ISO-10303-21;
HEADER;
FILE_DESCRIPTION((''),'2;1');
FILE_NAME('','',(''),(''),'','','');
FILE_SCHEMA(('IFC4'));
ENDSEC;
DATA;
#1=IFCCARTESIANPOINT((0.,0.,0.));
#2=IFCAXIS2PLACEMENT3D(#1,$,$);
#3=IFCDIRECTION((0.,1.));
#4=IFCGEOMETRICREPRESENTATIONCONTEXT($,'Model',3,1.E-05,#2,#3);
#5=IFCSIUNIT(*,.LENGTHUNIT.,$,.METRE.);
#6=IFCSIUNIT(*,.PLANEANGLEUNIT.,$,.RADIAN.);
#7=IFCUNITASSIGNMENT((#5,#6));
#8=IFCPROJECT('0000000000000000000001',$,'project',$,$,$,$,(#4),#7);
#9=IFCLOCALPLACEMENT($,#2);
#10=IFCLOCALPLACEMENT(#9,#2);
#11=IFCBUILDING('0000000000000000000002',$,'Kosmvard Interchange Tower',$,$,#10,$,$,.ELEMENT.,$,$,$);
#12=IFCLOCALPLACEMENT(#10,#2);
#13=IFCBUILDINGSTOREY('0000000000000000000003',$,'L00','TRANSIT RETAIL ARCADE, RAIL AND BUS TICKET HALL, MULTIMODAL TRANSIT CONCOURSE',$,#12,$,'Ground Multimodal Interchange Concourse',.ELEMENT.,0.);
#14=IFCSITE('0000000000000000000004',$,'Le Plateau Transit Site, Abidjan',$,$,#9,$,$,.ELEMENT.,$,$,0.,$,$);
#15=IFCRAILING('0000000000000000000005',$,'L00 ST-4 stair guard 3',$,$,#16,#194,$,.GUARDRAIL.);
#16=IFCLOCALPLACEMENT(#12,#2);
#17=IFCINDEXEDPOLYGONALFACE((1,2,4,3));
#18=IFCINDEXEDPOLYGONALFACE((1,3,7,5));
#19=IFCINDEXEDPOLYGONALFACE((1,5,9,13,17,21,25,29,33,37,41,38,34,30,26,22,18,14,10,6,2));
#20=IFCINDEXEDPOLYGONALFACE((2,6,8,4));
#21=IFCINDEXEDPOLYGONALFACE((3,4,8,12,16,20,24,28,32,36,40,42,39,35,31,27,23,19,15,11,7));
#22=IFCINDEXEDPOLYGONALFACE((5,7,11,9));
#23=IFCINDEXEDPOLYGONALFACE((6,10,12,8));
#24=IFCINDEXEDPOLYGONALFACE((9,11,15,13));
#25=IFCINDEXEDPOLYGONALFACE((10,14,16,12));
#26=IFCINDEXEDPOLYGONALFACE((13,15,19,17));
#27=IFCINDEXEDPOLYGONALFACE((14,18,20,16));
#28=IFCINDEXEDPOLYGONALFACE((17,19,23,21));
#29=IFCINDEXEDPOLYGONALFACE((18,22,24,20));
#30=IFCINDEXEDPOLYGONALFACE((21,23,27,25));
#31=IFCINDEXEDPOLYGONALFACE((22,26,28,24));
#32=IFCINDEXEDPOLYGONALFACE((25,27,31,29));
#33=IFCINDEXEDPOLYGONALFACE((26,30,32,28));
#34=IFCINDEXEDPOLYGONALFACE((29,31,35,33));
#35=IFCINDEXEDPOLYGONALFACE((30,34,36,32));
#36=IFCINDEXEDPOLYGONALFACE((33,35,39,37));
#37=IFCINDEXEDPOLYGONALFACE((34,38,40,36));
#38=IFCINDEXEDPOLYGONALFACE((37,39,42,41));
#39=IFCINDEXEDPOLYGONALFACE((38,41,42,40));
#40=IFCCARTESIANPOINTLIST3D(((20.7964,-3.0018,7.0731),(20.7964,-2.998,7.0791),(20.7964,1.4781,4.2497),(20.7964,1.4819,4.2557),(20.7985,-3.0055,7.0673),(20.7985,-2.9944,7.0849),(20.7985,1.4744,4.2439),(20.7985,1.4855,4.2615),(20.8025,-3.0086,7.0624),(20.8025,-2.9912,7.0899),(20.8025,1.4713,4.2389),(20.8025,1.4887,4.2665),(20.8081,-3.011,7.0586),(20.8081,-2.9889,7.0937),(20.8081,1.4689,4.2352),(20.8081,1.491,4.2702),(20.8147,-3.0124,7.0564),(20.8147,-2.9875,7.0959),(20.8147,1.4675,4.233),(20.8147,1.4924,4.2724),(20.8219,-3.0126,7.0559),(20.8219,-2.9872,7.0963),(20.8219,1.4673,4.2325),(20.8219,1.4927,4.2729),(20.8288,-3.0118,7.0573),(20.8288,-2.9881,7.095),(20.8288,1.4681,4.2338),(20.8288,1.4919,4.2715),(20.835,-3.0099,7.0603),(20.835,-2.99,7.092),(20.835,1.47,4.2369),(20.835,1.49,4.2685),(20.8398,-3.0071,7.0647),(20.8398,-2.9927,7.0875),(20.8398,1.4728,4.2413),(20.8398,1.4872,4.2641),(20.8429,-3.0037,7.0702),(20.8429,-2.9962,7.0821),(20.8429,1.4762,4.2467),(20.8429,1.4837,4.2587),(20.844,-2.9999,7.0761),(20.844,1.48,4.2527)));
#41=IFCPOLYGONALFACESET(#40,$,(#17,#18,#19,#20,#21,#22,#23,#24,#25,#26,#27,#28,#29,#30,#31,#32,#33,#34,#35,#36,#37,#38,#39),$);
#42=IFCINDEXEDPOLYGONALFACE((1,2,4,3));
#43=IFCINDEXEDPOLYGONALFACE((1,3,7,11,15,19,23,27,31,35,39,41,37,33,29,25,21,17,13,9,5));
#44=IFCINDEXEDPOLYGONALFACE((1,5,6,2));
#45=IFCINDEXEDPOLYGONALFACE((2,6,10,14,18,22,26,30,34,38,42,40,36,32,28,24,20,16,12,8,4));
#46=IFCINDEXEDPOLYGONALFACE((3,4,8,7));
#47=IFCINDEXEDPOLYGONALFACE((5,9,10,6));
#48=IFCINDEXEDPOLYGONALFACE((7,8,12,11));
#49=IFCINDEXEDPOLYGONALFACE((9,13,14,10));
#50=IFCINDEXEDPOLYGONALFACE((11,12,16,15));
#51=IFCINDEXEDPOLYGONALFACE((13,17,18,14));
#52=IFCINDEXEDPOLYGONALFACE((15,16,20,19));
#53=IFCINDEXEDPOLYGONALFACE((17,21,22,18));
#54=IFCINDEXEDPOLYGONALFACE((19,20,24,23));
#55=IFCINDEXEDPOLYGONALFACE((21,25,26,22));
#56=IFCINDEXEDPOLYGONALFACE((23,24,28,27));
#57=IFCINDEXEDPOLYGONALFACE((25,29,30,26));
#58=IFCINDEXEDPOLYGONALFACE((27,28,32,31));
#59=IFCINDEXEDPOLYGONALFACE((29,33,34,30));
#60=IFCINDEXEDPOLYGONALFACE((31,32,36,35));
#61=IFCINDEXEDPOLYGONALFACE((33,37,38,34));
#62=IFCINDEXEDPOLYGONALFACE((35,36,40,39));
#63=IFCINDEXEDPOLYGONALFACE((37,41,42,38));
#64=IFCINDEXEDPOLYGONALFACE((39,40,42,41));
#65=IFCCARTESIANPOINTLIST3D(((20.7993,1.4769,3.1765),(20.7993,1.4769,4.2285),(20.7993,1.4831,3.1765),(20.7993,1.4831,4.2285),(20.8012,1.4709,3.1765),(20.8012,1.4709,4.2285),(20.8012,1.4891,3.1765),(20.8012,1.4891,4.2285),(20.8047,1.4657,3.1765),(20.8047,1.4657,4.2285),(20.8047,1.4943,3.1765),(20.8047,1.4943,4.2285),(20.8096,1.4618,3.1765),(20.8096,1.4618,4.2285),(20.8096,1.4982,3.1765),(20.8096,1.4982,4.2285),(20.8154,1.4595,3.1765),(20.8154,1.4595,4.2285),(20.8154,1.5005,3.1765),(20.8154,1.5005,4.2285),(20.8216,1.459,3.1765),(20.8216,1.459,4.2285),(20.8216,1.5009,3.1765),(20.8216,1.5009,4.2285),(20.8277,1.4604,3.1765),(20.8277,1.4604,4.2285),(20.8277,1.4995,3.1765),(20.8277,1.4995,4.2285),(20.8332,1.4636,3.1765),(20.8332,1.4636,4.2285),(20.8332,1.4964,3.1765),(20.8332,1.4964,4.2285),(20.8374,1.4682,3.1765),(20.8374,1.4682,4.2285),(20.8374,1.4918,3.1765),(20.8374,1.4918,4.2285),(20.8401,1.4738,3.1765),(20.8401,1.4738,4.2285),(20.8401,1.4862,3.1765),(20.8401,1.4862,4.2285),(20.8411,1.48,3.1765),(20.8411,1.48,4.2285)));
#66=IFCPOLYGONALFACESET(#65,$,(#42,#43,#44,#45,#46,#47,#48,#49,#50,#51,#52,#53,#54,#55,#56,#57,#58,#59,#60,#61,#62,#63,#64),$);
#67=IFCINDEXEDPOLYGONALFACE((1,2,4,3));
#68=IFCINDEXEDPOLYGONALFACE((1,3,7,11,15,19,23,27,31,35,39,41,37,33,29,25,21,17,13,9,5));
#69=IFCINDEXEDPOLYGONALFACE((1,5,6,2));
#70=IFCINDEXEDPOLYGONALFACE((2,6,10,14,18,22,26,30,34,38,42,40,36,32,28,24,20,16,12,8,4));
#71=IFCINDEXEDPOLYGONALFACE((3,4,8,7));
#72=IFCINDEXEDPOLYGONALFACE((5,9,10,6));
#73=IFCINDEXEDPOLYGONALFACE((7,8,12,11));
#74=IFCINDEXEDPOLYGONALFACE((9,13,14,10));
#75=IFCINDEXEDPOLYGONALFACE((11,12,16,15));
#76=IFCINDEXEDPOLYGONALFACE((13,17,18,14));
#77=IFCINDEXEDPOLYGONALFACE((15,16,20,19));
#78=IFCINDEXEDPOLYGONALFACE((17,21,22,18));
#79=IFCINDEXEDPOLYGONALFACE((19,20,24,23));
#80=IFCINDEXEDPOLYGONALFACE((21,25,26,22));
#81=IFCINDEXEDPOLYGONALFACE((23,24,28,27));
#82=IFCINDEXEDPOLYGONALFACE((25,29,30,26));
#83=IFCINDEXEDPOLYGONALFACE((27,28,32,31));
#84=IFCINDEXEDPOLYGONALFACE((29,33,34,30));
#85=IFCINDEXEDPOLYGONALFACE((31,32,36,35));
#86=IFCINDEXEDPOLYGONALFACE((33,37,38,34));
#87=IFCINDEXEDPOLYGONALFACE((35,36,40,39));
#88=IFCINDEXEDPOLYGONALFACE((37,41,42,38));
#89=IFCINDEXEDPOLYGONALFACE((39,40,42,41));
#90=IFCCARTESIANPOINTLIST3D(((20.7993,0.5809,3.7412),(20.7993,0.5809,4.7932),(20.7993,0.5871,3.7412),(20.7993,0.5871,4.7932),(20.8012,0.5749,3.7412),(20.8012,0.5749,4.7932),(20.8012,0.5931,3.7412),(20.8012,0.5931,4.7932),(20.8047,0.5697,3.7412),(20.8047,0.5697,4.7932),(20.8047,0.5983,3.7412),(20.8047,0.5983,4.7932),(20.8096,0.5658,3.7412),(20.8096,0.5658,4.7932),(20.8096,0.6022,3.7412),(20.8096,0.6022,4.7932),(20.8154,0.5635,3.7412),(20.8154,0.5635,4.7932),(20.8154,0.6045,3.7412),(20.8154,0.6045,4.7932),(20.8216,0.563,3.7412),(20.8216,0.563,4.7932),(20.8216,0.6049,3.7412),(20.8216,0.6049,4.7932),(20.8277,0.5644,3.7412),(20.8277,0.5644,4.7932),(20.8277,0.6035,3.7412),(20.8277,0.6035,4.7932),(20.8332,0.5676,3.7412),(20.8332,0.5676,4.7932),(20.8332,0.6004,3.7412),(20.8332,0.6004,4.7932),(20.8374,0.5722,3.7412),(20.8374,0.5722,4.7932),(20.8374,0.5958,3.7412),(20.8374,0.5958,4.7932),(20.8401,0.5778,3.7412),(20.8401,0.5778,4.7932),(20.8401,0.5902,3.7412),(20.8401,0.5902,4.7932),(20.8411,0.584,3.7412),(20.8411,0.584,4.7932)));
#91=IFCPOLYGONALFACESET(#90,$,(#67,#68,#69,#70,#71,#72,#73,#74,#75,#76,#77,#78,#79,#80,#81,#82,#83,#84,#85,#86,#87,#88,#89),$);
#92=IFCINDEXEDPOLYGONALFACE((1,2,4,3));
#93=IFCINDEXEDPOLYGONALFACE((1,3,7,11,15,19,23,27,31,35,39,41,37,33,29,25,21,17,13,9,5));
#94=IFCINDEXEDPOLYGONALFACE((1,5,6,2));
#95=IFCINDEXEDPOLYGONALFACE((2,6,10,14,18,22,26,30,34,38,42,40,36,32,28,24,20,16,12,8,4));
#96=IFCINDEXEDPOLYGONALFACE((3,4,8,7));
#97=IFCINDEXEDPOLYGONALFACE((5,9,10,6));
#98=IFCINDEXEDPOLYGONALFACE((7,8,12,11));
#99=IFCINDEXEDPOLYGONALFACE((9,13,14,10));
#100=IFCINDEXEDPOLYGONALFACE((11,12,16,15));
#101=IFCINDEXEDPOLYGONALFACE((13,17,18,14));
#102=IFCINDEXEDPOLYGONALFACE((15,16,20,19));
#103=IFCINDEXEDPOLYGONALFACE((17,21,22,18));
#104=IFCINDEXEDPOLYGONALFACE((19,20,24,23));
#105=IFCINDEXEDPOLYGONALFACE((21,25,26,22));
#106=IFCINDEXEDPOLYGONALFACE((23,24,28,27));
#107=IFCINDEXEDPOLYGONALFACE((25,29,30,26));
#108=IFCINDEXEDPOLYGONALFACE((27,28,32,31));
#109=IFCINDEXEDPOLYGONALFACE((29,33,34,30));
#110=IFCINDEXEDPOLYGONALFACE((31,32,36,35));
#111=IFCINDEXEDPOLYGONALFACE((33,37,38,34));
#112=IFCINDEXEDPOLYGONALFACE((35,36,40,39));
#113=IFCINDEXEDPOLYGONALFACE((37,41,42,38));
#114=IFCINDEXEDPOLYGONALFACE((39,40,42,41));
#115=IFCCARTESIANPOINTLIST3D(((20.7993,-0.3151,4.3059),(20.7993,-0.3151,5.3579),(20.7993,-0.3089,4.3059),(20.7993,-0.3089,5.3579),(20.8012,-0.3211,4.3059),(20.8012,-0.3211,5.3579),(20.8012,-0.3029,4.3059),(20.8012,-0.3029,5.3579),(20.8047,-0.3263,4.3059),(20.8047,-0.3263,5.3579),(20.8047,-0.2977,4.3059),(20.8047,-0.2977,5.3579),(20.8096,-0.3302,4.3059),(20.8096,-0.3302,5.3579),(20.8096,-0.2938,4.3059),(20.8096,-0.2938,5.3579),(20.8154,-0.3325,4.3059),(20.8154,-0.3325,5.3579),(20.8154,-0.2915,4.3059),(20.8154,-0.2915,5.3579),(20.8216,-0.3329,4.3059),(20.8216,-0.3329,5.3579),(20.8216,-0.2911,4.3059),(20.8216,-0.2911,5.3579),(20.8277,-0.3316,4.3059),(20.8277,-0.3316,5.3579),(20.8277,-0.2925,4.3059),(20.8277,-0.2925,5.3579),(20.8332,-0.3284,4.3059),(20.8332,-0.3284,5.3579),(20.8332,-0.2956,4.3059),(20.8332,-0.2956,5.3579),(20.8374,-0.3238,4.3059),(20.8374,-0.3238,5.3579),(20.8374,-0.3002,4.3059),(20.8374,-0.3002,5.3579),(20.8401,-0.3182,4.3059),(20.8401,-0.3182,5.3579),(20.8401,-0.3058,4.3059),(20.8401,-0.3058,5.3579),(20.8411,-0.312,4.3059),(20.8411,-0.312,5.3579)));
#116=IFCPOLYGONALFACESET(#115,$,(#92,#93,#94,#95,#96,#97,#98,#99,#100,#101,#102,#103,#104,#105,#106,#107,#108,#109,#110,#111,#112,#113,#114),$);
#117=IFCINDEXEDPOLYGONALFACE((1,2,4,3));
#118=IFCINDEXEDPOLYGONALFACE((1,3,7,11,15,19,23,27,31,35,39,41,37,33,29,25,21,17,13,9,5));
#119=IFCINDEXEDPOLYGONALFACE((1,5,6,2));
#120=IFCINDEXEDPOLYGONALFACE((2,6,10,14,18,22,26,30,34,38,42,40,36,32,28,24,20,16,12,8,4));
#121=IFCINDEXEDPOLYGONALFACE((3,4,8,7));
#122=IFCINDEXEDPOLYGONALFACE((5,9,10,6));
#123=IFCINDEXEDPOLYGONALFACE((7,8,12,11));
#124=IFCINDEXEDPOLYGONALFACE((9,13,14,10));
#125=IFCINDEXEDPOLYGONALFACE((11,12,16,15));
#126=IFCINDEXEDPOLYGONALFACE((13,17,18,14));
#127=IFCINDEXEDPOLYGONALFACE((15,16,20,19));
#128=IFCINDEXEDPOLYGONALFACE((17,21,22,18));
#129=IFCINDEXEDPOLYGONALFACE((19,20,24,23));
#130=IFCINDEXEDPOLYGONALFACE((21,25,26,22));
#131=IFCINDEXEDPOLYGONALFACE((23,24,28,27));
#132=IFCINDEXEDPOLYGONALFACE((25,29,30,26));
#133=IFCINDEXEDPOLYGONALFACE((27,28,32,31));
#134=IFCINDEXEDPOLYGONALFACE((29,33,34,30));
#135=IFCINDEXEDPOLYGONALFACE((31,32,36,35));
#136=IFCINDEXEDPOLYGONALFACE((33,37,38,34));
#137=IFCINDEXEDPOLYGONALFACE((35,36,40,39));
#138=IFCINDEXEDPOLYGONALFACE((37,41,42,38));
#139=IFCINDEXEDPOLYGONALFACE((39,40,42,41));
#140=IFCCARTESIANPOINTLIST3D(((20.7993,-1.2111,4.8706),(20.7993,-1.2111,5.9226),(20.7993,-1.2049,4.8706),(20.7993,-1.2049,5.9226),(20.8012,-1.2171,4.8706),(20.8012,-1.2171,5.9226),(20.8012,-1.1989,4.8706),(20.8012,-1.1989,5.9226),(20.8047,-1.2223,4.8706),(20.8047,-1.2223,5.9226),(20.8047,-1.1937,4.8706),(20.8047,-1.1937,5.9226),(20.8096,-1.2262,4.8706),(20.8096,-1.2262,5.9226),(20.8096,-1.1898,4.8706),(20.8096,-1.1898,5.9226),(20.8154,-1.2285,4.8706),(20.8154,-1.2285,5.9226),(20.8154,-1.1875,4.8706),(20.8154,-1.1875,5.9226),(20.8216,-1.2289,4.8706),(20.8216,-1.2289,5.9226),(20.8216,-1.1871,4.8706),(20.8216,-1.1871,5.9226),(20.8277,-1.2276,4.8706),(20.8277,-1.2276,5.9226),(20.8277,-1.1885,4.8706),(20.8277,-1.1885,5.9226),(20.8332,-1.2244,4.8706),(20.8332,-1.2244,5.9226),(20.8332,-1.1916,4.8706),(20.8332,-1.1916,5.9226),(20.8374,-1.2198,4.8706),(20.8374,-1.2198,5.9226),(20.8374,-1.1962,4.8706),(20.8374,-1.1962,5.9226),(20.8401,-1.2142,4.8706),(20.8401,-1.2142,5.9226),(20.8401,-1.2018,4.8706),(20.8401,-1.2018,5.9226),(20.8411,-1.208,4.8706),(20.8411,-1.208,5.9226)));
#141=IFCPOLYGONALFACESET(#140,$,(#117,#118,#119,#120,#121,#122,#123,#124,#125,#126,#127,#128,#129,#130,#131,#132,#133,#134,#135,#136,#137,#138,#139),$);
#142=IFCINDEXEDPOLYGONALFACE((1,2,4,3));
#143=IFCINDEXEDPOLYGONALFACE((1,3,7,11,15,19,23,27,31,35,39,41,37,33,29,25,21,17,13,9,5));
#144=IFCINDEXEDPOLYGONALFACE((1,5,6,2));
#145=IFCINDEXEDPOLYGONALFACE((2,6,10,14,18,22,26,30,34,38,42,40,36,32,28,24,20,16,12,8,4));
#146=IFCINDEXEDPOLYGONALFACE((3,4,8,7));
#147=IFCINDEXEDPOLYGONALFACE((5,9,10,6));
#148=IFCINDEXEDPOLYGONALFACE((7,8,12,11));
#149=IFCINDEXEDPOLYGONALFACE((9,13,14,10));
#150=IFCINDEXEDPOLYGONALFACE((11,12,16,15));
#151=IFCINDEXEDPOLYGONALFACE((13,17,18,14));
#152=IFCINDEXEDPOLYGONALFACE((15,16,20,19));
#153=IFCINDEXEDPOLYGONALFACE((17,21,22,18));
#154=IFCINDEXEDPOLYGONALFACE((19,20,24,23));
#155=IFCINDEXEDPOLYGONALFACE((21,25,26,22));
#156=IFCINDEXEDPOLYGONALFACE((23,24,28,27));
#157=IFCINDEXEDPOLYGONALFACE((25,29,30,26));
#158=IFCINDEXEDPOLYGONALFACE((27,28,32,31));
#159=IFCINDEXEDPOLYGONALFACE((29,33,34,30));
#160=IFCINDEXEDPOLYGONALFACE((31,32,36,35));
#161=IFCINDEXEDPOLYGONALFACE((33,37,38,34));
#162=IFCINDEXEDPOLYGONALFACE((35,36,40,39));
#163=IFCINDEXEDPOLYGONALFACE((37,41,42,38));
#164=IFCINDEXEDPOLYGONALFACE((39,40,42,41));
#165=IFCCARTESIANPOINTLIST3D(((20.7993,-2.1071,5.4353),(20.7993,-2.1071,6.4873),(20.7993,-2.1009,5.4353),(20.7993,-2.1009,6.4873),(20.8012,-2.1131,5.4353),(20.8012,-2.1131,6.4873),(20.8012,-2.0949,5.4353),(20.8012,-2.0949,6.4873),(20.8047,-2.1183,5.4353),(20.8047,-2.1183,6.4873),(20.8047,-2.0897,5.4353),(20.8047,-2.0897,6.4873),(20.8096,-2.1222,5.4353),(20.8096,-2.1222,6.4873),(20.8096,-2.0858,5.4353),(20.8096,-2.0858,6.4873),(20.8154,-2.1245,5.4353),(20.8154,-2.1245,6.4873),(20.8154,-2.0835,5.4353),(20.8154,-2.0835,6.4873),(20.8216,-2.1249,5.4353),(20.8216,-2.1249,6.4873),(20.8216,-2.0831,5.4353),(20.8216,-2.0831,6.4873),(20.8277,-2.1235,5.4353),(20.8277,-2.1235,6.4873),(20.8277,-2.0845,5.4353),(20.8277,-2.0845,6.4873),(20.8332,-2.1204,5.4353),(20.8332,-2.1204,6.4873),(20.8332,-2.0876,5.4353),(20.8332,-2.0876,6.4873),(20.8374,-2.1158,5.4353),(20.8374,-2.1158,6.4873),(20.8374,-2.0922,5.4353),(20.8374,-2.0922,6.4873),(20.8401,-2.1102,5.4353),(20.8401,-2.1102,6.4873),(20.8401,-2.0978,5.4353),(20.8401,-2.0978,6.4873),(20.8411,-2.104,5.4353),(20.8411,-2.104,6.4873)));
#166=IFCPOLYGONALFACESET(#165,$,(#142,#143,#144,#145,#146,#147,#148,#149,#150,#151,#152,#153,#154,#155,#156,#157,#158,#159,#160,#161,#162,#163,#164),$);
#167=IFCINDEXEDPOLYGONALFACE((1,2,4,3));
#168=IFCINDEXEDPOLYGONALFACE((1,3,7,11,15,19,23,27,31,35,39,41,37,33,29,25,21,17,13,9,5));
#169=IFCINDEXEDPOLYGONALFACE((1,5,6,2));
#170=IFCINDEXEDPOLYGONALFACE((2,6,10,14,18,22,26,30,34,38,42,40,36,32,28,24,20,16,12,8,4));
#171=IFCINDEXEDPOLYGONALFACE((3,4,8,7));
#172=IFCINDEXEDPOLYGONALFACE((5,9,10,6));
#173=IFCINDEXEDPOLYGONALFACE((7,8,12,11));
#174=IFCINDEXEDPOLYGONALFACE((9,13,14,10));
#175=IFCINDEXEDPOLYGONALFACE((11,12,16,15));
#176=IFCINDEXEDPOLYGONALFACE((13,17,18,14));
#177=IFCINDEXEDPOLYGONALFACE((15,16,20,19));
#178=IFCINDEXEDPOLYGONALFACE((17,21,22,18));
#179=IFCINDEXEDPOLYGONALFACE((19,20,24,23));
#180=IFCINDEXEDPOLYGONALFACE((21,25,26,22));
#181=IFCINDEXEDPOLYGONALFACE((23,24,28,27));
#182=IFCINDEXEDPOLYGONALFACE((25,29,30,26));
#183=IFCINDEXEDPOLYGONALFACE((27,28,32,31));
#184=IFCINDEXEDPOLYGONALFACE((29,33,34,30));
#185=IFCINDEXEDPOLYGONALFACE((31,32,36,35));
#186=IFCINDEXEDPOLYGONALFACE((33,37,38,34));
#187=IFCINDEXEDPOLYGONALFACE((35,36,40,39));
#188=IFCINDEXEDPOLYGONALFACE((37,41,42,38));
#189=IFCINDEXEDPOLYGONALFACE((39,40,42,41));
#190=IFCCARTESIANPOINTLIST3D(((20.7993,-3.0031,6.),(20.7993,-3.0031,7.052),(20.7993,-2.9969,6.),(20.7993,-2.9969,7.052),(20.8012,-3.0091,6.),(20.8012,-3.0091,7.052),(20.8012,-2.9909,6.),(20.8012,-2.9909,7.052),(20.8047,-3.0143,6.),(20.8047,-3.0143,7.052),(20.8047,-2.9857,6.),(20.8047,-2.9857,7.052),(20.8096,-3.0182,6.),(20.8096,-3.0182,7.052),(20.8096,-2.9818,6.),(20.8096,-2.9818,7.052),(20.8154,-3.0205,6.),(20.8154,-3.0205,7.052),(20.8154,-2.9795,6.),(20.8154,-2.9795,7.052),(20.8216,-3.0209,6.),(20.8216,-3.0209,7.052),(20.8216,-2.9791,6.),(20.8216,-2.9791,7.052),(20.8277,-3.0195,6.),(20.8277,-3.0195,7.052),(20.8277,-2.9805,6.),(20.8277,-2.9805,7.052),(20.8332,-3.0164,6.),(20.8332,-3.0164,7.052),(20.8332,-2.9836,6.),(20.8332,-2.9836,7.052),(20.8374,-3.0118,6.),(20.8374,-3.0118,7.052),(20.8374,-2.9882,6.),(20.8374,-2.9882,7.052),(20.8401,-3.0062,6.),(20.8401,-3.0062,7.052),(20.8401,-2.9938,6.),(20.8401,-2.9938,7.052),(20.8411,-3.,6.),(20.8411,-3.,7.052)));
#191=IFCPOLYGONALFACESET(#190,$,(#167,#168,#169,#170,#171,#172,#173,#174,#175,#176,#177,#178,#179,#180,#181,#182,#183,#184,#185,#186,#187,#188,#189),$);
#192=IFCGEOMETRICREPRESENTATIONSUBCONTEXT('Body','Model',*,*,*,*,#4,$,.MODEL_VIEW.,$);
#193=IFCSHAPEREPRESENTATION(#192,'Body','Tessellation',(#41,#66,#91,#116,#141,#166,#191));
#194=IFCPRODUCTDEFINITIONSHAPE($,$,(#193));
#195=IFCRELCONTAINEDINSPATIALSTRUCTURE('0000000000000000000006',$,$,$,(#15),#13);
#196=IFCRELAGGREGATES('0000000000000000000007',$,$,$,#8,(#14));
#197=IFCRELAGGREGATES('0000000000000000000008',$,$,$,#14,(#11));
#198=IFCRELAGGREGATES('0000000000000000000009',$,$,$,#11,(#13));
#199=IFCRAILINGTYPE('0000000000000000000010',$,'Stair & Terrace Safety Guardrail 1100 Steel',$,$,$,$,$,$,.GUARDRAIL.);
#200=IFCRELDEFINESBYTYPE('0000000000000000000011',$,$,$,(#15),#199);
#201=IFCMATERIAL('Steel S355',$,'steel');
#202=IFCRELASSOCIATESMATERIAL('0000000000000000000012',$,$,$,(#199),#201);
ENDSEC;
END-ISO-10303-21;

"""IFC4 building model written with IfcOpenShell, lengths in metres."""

from ifc_helpers import new_model, si_unit, direction, frame, origin, origin_2d, place, context, subcontext, project, spatial, circle, extrude, source, transform, mapped, material, type_object, element, save


model = new_model("IFC4")

# Units and contexts
model_context = context("Model", 3, precision=1e-05, world=origin(), true_north=direction((0.0, 1.0)))
body_context = subcontext(model_context, "Body", "Model", "MODEL_VIEW")
ifc_project = project(units=[si_unit("LENGTHUNIT", "METRE"), si_unit("PLANEANGLEUNIT", "RADIAN")], contexts=[model_context])

# Site, building, storey
site_placement = place(None, origin())
site = spatial("IfcSite", under=ifc_project, at=site_placement, Name="Le Plateau Transit Site, Abidjan", CompositionType="ELEMENT", RefElevation=0.0)
building_placement = place(site_placement, origin())
building = spatial("IfcBuilding", under=site, at=building_placement, Name="Kosmvard Interchange Tower", CompositionType="ELEMENT")
storey_placement = place(building_placement, origin())
storey = spatial("IfcBuildingStorey", under=building, at=storey_placement, Name="L00", Description="TRANSIT RETAIL ARCADE, RAIL AND BUS TICKET HALL, MULTIMODAL TRANSIT CONCOURSE", LongName="Ground Multimodal Interchange Concourse", CompositionType="ELEMENT", Elevation=0.0)

# Shared definitions
ifc_material_1 = material(Name="Steel S355", Category="steel")

# Railing
railing_type_1 = type_object("IfcRailingType", Name="Stair & Terrace Safety Guardrail 1100 Steel", PredefinedType="GUARDRAIL", material=ifc_material_1)
shared_shape_1 = source(origin(), body_context, "Body", "SweptSolid", [
    extrude(circle(Radius=0.0239, at=origin_2d()), frame((0.0, 0.0, 1.0762), z_axis=(0.0, -0.845998, 0.533186), x_axis=(1.0, 0.0, 0.0)), (0.0, 0.0, 1.0), 5.2954),
    extrude(circle(Radius=0.021, at=origin_2d()), origin(), (0.0, 0.0, 1.0), 1.052),
    extrude(circle(Radius=0.021, at=origin_2d()), frame((0.0, -0.896, 0.5647)), (0.0, 0.0, 1.0), 1.052),
    extrude(circle(Radius=0.021, at=origin_2d()), frame((0.0, -1.792, 1.1294)), (0.0, 0.0, 1.0), 1.052),
    extrude(circle(Radius=0.021, at=origin_2d()), frame((0.0, -2.688, 1.6941)), (0.0, 0.0, 1.0), 1.052),
    extrude(circle(Radius=0.021, at=origin_2d()), frame((0.0, -3.584, 2.2588)), (0.0, 0.0, 1.0), 1.052),
    extrude(circle(Radius=0.021, at=origin_2d()), frame((0.0, -4.48, 2.8235)), (0.0, 0.0, 1.0), 1.052),
])
railing_1_placement = place(storey_placement, frame((20.8201, 1.48, 3.1765)))
element("IfcRailing", 1, at=railing_1_placement, inside=storey, type_object=railing_type_1, Name="L00 ST-4 stair guard 3", PredefinedType="GUARDRAIL", context=body_context, shape_type="MappedRepresentation", body=[
    mapped(shared_shape_1, transform((0.0, 0.0, 0.0), scale=1.0)),
])

save(model, "model.ifc")
